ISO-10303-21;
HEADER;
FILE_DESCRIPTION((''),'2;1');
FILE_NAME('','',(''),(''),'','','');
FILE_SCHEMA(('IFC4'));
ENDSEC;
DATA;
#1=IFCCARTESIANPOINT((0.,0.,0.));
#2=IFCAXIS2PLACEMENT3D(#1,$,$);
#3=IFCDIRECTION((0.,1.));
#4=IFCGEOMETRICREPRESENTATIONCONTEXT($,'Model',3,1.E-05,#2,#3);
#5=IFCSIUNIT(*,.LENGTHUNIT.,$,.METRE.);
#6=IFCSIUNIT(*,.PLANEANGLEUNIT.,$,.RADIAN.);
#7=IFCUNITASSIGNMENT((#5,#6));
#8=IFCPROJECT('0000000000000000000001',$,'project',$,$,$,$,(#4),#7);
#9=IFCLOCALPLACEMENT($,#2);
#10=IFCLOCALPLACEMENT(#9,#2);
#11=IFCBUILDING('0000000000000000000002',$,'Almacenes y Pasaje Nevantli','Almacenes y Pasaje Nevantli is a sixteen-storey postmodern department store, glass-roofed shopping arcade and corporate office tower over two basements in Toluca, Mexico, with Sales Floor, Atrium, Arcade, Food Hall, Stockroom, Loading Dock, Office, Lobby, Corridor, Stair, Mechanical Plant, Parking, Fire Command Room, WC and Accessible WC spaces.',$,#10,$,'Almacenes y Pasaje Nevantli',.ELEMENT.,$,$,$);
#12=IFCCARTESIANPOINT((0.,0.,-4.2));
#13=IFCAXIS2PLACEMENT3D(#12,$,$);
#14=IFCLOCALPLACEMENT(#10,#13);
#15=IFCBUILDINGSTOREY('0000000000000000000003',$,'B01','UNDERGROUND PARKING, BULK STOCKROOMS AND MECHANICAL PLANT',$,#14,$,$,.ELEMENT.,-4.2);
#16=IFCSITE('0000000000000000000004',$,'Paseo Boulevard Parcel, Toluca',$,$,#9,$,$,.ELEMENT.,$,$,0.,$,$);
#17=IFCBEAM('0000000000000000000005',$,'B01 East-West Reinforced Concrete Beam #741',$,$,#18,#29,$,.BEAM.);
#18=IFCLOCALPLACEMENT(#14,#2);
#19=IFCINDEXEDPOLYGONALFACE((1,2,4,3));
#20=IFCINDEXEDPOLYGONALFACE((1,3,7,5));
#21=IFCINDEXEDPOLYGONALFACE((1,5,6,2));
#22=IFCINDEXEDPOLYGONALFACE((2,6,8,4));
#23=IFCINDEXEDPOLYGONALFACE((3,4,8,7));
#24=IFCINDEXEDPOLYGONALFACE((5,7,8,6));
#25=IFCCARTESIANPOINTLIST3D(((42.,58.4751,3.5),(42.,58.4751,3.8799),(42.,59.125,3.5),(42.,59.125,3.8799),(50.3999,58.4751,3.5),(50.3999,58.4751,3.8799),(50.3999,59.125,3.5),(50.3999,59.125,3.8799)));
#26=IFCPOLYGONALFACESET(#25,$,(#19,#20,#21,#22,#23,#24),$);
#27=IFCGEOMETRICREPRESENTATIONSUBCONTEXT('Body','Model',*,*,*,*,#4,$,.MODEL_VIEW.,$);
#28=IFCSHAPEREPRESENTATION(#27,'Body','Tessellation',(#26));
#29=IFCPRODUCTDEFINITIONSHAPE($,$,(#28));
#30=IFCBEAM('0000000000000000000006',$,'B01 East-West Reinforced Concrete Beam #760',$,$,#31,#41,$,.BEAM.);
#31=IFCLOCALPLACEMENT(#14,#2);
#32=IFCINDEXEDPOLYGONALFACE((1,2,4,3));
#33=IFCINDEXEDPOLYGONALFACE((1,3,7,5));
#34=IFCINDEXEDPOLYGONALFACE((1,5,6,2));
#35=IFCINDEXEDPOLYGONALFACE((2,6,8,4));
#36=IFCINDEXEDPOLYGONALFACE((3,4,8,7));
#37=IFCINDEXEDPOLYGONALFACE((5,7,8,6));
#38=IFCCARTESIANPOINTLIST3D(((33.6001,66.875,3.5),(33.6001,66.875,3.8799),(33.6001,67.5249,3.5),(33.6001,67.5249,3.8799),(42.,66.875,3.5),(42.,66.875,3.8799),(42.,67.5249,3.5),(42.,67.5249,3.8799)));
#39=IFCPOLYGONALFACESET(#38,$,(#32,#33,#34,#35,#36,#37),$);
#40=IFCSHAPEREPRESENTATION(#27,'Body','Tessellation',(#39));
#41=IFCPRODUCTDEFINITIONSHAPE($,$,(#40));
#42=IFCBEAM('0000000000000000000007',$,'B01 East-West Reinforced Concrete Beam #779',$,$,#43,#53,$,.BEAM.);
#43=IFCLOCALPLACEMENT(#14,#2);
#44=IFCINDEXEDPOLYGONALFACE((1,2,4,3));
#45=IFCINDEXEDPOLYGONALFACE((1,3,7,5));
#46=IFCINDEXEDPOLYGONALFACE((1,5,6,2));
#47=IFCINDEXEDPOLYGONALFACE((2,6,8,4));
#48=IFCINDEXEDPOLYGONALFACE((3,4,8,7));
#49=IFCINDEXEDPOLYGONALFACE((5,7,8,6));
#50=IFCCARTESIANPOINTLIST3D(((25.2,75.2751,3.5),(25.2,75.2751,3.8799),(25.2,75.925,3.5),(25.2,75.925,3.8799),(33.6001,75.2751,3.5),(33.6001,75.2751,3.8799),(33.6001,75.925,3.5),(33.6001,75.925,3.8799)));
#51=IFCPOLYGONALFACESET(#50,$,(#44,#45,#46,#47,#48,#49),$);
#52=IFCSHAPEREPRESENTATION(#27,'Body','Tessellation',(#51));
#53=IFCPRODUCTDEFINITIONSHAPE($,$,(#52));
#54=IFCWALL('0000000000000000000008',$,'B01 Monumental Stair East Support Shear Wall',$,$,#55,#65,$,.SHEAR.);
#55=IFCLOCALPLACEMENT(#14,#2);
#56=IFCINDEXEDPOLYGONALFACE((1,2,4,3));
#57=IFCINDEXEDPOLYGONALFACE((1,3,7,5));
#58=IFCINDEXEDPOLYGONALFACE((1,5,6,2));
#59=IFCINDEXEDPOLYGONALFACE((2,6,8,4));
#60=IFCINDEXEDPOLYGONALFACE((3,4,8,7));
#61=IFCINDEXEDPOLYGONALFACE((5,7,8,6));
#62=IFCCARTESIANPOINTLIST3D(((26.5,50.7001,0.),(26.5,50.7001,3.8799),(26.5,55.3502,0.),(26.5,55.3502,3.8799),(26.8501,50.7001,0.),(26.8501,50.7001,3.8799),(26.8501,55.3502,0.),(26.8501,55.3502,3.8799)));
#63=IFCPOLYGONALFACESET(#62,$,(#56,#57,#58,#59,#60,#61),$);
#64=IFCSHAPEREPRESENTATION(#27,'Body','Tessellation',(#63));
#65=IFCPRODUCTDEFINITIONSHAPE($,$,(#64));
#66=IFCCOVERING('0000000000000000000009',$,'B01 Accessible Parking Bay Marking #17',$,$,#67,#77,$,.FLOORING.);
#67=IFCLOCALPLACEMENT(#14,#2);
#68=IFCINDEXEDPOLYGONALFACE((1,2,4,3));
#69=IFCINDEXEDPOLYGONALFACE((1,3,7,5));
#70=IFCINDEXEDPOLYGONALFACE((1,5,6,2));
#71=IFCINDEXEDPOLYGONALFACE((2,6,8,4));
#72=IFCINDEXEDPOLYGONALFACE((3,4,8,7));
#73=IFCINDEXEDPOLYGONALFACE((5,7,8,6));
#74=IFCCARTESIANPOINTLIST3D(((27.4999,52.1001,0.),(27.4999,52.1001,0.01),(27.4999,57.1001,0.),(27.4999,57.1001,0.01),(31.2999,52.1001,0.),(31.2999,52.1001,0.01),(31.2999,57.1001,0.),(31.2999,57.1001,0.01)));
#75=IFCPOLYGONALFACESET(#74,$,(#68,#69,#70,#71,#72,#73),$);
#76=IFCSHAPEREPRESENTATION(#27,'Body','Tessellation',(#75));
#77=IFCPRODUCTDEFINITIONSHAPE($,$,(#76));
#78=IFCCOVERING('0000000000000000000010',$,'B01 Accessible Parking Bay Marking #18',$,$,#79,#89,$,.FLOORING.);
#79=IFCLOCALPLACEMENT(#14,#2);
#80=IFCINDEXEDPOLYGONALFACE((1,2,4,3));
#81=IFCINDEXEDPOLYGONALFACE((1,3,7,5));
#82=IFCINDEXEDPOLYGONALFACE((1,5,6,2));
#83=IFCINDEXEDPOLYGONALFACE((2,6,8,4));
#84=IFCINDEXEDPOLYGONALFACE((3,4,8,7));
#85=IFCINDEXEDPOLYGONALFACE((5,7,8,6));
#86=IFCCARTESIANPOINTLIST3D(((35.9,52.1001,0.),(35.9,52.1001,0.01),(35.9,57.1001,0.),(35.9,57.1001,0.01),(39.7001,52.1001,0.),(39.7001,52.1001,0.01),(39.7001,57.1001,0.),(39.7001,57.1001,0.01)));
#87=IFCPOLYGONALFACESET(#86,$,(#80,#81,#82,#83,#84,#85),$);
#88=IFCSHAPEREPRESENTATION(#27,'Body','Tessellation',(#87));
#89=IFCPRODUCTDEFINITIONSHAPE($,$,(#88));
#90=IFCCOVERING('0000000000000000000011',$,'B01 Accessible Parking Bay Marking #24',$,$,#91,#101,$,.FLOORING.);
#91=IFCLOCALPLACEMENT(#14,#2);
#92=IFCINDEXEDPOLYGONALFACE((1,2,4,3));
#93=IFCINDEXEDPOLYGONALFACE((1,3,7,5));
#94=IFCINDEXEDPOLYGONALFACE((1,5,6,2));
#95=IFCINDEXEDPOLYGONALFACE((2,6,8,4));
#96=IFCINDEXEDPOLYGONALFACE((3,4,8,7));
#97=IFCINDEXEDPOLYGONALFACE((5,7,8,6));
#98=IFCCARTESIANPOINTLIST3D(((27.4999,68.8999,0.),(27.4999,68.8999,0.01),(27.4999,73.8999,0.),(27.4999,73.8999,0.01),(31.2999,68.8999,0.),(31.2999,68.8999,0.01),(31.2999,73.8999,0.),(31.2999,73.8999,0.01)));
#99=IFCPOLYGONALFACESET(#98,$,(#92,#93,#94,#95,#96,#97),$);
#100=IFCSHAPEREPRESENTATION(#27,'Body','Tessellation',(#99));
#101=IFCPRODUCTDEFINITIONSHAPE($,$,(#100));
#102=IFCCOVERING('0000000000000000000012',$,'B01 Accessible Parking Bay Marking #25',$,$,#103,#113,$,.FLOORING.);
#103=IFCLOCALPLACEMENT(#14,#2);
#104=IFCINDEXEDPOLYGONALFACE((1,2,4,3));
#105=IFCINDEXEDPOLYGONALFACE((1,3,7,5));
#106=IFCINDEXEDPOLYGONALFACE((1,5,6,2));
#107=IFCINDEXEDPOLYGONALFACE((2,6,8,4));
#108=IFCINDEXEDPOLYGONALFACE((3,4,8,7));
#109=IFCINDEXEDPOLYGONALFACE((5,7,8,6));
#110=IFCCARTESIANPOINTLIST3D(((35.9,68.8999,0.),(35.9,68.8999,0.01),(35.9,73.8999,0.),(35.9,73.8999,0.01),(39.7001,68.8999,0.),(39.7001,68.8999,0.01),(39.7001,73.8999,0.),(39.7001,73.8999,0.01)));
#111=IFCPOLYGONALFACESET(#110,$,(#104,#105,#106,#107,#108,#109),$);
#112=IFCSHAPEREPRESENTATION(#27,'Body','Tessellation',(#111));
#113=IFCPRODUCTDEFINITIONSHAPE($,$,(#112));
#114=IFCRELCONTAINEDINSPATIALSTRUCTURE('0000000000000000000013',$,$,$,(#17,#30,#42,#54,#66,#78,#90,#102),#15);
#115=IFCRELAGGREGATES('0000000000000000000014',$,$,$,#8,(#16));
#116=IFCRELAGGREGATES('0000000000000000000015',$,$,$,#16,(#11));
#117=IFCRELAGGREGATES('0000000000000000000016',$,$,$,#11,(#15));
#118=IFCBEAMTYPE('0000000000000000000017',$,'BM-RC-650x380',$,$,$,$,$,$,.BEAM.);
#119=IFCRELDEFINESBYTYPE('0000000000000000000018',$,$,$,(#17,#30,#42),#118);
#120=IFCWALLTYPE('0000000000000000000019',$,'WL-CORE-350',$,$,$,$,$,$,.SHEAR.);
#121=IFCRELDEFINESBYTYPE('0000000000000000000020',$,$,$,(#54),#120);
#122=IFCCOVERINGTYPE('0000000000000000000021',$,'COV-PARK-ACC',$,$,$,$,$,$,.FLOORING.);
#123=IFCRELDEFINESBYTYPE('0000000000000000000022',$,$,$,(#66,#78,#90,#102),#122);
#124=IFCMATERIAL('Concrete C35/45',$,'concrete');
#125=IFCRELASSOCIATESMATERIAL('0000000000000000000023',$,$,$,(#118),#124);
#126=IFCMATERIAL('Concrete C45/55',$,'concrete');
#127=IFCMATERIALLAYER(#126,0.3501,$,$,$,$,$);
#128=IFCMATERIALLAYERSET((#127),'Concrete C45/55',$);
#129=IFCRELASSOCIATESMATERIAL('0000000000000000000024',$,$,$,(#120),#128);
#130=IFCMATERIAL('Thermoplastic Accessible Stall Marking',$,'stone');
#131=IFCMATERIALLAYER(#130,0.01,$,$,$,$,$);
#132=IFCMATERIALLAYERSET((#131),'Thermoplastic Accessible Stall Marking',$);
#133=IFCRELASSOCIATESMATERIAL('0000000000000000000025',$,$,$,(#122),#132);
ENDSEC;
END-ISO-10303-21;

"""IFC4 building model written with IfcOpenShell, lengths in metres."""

from ifc_helpers import new_model, si_unit, direction, frame, frame_2d, origin, origin_2d, place, context, subcontext, project, spatial, rectangle, extrude, material, layer, layer_set, material_profile, profile_set, type_object, element, save


model = new_model("IFC4")

# Units and contexts
model_context = context("Model", 3, precision=1e-05, world=origin(), true_north=direction((0.0, 1.0)))
body_context = subcontext(model_context, "Body", "Model", "MODEL_VIEW")
ifc_project = project(units=[si_unit("LENGTHUNIT", "METRE"), si_unit("PLANEANGLEUNIT", "RADIAN")], contexts=[model_context])

# Site, building, storey
site_placement = place(None, origin())
site = spatial("IfcSite", under=ifc_project, at=site_placement, Name="Paseo Boulevard Parcel, Toluca", CompositionType="ELEMENT", RefElevation=0.0)
building_placement = place(site_placement, origin())
building = spatial("IfcBuilding", under=site, at=building_placement, Name="Almacenes y Pasaje Nevantli", Description="Almacenes y Pasaje Nevantli is a sixteen-storey postmodern department store, glass-roofed shopping arcade and corporate office tower over two basements in Toluca, Mexico, with Sales Floor, Atrium, Arcade, Food Hall, Stockroom, Loading Dock, Office, Lobby, Corridor, Stair, Mechanical Plant, Parking, Fire Command Room, WC and Accessible WC spaces.", LongName="Almacenes y Pasaje Nevantli", CompositionType="ELEMENT")
storey_placement = place(building_placement, frame((0.0, 0.0, -4.2)))
storey = spatial("IfcBuildingStorey", under=building, at=storey_placement, Name="B01", Description="UNDERGROUND PARKING, BULK STOCKROOMS AND MECHANICAL PLANT", CompositionType="ELEMENT", Elevation=-4.2)

# Beams
ifc_material_1 = material(Name="Concrete C35/45", Category="concrete")
ifc_material_profile_1 = material_profile(ifc_material_1, rectangle(XDim=0.6499, YDim=0.3799, at=origin_2d()), Name="RC-BM-650x380")
ifc_profile_set_1 = profile_set([ifc_material_profile_1], Name="Concrete C35/45")
beam_type_1 = type_object("IfcBeamType", Name="BM-RC-650x380", PredefinedType="BEAM", material=ifc_profile_set_1)
for number, where, z_axis, x_axis, name in (
    (1, (42.0, 58.8, 3.6899), (1.0, 0.0, 0.0), (0.0, 1.0, 0.0), "B01 East-West Reinforced Concrete Beam #741"),
    (2, (33.6001, 67.2, 3.6899), (1.0, 0.0, 0.0), (0.0, 1.0, 0.0), "B01 East-West Reinforced Concrete Beam #760"),
):
    element("IfcBeam", number, at=place(storey_placement, frame(where, z_axis=z_axis, x_axis=x_axis)), inside=storey, type_object=beam_type_1, Name=name, PredefinedType="BEAM", context=body_context, shape_type="SweptSolid", body=[
        extrude(rectangle(XDim=0.6499, YDim=0.3799, at=origin_2d()), origin(), (0.0, 0.0, 1.0), 8.3999),
    ])
beam_1_placement = place(storey_placement, frame((25.2, 75.6001, 3.6899), z_axis=(1.0, 0.0, 0.0), x_axis=(0.0, 1.0, 0.0)))
element("IfcBeam", 3, at=beam_1_placement, inside=storey, type_object=beam_type_1, Name="B01 East-West Reinforced Concrete Beam #779", PredefinedType="BEAM", context=body_context, shape_type="SweptSolid", body=[
    extrude(rectangle(XDim=0.6499, YDim=0.3799, at=origin_2d()), origin(), (0.0, 0.0, 1.0), 8.4001),
])

# Wall
ifc_material_2 = material(Name="Concrete C45/55", Category="concrete")
ifc_layer_1 = layer(ifc_material_2, 0.3501)
ifc_layer_set_1 = layer_set([ifc_layer_1], Name="Concrete C45/55")
wall_type = type_object("IfcWallType", Name="WL-CORE-350", PredefinedType="SHEAR", material=ifc_layer_set_1)
wall_placement = place(storey_placement, frame((26.675, 50.7, 0.0), z_axis=(0.0, 0.0, 1.0), x_axis=(0.0, 1.0, 0.0)))
element("IfcWall", 4, at=wall_placement, inside=storey, type_object=wall_type, Name="B01 Monumental Stair East Support Shear Wall", PredefinedType="SHEAR", context=body_context, shape_type="SweptSolid", body=[
    extrude(rectangle(XDim=4.6501, YDim=0.3501, at=frame_2d((2.3252, 0.0))), origin(), (0.0, 0.0, 1.0), 3.8799),
])

# Coverings
ifc_material_3 = material(Name="Thermoplastic Accessible Stall Marking", Category="stone")
ifc_layer_2 = layer(ifc_material_3, 0.01)
ifc_layer_set_2 = layer_set([ifc_layer_2], Name="Thermoplastic Accessible Stall Marking")
covering_type = type_object("IfcCoveringType", Name="COV-PARK-ACC", PredefinedType="FLOORING", material=ifc_layer_set_2)
for number, where, z_axis, x_axis, name in (
    (5, (29.3999, 54.6001, 0.0), (0.0, 0.0, 1.0), (1.0, 0.0, 0.0), "B01 Accessible Parking Bay Marking #17"),
    (6, (37.8, 54.6001, 0.0), (0.0, 0.0, 1.0), (1.0, 0.0, 0.0), "B01 Accessible Parking Bay Marking #18"),
    (7, (29.3999, 71.3999, 0.0), (0.0, 0.0, 1.0), (1.0, 0.0, 0.0), "B01 Accessible Parking Bay Marking #24"),
    (8, (37.8, 71.3999, 0.0), (0.0, 0.0, 1.0), (1.0, 0.0, 0.0), "B01 Accessible Parking Bay Marking #25"),
):
    element("IfcCovering", number, at=place(storey_placement, frame(where, z_axis=z_axis, x_axis=x_axis)), inside=storey, type_object=covering_type, Name=name, PredefinedType="FLOORING", context=body_context, shape_type="SweptSolid", body=[
        extrude(rectangle(XDim=3.8, YDim=5.0, at=origin_2d()), origin(), (0.0, 0.0, 1.0), 0.01),
    ])

save(model, "model.ifc")
